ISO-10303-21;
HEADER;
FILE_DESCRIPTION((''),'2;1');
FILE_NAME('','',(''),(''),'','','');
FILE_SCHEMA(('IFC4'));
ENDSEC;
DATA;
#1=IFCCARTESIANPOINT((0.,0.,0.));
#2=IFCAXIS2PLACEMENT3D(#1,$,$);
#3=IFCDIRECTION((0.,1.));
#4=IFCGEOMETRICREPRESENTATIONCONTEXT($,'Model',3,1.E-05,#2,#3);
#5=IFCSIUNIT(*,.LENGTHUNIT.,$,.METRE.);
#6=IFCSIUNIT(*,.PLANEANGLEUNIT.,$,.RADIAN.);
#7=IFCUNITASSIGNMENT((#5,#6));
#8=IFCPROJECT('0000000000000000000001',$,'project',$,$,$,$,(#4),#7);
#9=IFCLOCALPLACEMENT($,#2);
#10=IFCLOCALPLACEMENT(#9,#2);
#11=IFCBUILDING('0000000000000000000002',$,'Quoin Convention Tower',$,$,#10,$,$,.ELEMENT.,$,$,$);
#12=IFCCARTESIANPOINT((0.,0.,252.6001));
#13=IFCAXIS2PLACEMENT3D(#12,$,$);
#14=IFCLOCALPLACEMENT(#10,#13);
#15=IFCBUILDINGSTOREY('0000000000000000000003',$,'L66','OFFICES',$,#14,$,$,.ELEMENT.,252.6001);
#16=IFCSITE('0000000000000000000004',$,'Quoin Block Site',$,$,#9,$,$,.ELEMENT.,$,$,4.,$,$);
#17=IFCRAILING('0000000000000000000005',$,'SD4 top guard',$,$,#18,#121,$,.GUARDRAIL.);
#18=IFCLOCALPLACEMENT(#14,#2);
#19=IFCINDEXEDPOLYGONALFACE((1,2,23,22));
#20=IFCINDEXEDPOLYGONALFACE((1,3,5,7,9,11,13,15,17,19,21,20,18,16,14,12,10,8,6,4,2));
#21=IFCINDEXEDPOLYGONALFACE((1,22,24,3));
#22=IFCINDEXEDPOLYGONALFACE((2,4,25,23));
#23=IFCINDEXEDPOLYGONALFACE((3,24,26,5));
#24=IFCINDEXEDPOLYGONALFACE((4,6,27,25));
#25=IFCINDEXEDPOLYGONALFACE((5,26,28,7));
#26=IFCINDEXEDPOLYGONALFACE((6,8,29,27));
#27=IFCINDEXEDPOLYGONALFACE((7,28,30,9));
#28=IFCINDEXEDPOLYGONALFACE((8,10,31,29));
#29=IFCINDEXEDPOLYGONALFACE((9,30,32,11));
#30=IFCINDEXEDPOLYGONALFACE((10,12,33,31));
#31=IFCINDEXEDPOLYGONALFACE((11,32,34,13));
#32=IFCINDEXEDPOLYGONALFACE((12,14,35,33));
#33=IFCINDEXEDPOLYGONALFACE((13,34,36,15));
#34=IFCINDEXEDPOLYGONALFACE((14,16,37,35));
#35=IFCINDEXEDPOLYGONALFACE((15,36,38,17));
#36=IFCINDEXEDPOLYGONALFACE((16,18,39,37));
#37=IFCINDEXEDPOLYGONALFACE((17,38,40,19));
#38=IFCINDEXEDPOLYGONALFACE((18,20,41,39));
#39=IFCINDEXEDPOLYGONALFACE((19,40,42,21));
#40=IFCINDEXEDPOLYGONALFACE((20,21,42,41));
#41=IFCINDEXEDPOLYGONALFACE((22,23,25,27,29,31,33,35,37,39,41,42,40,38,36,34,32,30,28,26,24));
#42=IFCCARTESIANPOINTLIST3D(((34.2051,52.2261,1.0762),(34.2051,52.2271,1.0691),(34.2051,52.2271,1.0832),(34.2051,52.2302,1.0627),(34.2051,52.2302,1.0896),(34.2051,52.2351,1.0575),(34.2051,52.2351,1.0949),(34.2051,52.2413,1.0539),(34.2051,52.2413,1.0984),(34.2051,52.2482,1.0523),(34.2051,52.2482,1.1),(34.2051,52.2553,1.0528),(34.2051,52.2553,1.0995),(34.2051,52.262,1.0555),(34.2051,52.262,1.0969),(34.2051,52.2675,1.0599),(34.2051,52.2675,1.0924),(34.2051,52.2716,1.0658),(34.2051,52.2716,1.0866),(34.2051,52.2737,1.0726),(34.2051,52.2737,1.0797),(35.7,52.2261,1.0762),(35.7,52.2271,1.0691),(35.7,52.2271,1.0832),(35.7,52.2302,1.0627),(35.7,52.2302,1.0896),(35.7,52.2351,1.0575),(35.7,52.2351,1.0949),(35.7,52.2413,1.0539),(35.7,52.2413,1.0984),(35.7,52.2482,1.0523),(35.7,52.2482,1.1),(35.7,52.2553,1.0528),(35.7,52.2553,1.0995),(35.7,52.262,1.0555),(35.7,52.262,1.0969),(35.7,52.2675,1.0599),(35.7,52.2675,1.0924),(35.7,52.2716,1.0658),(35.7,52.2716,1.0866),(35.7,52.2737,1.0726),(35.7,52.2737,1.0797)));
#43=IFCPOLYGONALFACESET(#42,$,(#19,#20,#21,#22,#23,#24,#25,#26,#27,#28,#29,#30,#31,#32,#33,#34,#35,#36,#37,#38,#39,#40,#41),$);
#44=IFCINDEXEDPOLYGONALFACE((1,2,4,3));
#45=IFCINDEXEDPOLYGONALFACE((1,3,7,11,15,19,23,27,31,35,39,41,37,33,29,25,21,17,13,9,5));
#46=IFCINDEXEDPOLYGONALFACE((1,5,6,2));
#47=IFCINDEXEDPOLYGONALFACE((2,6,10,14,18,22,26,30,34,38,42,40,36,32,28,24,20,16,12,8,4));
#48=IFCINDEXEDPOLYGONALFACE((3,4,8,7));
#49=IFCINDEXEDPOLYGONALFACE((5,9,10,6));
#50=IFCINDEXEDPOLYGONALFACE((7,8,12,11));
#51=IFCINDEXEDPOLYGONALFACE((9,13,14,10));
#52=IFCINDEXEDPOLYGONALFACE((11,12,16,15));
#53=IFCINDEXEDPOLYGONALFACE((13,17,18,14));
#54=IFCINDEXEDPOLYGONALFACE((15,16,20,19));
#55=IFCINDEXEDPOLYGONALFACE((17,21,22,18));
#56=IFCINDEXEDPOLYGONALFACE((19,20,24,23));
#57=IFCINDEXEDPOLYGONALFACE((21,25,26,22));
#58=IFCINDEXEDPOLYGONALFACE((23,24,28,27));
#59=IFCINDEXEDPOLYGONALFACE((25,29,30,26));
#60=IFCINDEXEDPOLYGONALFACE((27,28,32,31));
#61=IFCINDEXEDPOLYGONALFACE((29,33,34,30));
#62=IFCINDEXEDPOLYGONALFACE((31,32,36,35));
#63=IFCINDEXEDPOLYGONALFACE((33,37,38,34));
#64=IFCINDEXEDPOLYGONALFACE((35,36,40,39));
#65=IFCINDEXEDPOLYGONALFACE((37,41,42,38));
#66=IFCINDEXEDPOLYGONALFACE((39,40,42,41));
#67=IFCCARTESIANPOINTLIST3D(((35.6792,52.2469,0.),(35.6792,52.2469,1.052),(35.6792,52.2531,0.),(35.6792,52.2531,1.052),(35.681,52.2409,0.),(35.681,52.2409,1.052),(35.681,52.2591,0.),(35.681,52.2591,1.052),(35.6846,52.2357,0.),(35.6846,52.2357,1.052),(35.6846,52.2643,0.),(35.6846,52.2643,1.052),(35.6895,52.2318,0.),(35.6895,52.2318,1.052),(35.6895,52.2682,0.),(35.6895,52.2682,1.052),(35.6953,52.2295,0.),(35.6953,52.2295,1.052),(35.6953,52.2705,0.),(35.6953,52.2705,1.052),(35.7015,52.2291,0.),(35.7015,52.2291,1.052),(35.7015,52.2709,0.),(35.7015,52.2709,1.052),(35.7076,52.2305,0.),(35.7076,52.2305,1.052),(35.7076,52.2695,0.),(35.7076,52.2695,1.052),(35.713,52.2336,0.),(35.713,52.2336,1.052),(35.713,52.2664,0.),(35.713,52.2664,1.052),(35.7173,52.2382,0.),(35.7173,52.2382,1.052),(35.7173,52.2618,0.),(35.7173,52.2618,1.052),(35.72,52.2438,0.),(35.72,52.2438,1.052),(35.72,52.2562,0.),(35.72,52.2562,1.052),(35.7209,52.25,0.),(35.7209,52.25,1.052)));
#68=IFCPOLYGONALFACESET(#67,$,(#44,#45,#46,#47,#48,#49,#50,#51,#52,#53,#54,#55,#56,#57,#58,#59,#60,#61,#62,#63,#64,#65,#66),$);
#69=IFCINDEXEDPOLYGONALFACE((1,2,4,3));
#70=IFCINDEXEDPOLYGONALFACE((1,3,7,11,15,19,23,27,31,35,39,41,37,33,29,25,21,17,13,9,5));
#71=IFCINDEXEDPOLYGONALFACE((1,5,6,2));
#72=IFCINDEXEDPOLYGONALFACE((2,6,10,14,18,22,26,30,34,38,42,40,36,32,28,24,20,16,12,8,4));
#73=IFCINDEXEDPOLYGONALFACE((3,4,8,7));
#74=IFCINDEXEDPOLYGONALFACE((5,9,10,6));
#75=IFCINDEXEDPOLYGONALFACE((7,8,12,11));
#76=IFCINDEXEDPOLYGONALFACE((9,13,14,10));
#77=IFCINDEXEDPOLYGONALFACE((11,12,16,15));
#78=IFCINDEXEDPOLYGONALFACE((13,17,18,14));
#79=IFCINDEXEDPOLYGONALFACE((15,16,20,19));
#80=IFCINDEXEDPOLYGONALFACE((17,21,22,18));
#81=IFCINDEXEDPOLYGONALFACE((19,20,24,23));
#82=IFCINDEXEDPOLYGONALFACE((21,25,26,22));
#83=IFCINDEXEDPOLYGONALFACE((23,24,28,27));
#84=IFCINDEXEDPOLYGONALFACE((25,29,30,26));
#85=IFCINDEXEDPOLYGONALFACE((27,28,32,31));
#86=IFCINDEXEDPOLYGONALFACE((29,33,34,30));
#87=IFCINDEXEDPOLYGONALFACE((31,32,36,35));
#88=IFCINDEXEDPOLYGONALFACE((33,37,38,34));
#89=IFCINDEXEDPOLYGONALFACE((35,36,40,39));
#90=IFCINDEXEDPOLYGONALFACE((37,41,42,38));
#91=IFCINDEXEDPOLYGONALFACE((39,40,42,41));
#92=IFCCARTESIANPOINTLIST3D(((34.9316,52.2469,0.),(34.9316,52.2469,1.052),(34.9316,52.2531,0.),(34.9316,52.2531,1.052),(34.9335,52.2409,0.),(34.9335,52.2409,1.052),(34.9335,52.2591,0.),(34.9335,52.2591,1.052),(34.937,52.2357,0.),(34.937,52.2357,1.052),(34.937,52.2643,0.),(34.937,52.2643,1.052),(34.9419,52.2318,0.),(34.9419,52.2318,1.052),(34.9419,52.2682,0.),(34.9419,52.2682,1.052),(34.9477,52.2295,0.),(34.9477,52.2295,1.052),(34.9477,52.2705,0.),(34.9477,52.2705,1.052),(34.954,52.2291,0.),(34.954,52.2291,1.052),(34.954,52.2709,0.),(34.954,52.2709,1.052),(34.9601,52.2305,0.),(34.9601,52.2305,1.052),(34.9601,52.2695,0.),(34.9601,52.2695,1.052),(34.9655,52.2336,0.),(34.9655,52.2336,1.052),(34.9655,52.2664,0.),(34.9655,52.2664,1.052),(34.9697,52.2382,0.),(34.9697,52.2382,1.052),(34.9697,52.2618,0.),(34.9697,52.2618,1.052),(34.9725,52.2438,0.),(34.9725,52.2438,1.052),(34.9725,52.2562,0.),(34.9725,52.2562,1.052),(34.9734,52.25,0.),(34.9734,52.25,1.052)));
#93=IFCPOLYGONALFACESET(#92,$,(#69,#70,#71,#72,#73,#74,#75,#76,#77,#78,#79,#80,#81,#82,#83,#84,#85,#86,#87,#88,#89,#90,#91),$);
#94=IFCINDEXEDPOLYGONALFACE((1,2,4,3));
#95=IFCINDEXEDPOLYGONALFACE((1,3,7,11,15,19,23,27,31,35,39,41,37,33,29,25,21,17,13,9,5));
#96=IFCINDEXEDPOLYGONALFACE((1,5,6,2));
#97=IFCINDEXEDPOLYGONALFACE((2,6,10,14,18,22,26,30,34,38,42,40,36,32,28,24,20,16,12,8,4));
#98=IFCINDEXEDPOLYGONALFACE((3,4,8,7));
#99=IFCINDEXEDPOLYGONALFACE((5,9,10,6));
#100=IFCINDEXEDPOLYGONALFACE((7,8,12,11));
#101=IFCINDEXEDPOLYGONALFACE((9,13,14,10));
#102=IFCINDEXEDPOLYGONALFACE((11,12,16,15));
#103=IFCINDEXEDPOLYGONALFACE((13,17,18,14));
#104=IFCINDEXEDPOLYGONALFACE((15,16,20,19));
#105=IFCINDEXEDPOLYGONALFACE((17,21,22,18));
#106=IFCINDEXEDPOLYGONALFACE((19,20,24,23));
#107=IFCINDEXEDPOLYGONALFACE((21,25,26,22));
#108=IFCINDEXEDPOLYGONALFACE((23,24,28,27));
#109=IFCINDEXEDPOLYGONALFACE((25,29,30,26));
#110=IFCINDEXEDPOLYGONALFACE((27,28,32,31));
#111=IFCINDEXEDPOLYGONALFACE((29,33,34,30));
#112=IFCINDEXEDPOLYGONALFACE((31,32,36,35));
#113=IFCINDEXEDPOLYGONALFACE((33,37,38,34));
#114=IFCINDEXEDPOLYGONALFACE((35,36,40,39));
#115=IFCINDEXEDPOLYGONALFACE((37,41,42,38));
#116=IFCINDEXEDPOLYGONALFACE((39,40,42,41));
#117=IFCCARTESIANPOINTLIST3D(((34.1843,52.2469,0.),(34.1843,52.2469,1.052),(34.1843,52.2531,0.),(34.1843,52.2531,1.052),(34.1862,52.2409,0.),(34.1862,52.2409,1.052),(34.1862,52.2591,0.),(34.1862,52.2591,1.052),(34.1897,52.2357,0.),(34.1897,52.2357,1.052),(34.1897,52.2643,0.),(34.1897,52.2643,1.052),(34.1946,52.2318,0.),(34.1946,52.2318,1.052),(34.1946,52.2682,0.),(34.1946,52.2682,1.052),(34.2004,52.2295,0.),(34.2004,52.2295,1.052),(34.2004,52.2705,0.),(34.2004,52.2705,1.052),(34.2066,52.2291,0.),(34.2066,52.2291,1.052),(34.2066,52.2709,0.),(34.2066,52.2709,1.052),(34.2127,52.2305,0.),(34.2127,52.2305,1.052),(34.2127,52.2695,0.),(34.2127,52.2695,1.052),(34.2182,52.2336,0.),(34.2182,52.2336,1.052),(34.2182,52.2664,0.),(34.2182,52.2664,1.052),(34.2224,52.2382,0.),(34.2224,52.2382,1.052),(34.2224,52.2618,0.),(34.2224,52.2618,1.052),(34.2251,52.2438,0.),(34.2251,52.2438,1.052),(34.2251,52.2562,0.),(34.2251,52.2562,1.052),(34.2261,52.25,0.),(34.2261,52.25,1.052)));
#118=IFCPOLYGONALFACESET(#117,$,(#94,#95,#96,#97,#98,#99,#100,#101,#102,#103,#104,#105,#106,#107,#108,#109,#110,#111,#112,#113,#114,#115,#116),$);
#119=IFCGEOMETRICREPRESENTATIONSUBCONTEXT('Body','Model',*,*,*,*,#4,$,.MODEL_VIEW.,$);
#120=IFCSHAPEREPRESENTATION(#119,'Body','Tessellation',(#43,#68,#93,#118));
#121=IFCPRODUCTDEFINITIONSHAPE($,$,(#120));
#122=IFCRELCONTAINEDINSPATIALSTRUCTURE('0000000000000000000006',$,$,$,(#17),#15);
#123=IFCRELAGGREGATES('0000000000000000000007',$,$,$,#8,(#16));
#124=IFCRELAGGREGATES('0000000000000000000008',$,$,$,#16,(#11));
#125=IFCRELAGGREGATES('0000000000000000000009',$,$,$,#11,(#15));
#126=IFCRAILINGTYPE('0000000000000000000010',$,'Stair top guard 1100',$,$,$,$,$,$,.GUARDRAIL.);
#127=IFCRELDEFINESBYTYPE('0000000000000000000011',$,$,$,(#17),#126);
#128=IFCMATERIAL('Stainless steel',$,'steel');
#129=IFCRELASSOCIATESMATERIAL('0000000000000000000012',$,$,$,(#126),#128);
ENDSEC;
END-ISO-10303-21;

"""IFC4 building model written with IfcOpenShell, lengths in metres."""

from ifc_helpers import new_model, si_unit, direction, frame, origin, origin_2d, place, context, subcontext, project, spatial, circle, extrude, material, type_object, element, save


model = new_model("IFC4")

# Units and contexts
model_context = context("Model", 3, precision=1e-05, world=origin(), true_north=direction((0.0, 1.0)))
body_context = subcontext(model_context, "Body", "Model", "MODEL_VIEW")
ifc_project = project(units=[si_unit("LENGTHUNIT", "METRE"), si_unit("PLANEANGLEUNIT", "RADIAN")], contexts=[model_context])

# Site, building, storey
site_placement = place(None, origin())
site = spatial("IfcSite", under=ifc_project, at=site_placement, Name="Quoin Block Site", CompositionType="ELEMENT", RefElevation=4.0)
building_placement = place(site_placement, origin())
building = spatial("IfcBuilding", under=site, at=building_placement, Name="Quoin Convention Tower", CompositionType="ELEMENT")
storey_placement = place(building_placement, frame((0.0, 0.0, 252.6001)))
storey = spatial("IfcBuildingStorey", under=building, at=storey_placement, Name="L66", Description="OFFICES", CompositionType="ELEMENT", Elevation=252.6001)

# Railing
ifc_material_1 = material(Name="Stainless steel", Category="steel")
railing_type_1 = type_object("IfcRailingType", Name="Stair top guard 1100", PredefinedType="GUARDRAIL", material=ifc_material_1)
railing_1_placement = place(storey_placement, frame((35.7, 52.25, 0.0)))
element("IfcRailing", 1, at=railing_1_placement, inside=storey, type_object=railing_type_1, Name="SD4 top guard", PredefinedType="GUARDRAIL", context=body_context, shape_type="SweptSolid", body=[
    extrude(circle(Radius=0.0239, at=origin_2d()), frame((0.0, 0.0, 1.0762), z_axis=(-1.0, 0.0, 0.0), x_axis=(0.0, -1.0, 0.0)), (0.0, 0.0, 1.0), 1.4949),
    extrude(circle(Radius=0.021, at=origin_2d()), origin(), (0.0, 0.0, 1.0), 1.052),
    extrude(circle(Radius=0.021, at=origin_2d()), frame((-0.7476, 0.0, 0.0)), (0.0, 0.0, 1.0), 1.052),
    extrude(circle(Radius=0.021, at=origin_2d()), frame((-1.4949, 0.0, 0.0)), (0.0, 0.0, 1.0), 1.052),
])

save(model, "model.ifc")
